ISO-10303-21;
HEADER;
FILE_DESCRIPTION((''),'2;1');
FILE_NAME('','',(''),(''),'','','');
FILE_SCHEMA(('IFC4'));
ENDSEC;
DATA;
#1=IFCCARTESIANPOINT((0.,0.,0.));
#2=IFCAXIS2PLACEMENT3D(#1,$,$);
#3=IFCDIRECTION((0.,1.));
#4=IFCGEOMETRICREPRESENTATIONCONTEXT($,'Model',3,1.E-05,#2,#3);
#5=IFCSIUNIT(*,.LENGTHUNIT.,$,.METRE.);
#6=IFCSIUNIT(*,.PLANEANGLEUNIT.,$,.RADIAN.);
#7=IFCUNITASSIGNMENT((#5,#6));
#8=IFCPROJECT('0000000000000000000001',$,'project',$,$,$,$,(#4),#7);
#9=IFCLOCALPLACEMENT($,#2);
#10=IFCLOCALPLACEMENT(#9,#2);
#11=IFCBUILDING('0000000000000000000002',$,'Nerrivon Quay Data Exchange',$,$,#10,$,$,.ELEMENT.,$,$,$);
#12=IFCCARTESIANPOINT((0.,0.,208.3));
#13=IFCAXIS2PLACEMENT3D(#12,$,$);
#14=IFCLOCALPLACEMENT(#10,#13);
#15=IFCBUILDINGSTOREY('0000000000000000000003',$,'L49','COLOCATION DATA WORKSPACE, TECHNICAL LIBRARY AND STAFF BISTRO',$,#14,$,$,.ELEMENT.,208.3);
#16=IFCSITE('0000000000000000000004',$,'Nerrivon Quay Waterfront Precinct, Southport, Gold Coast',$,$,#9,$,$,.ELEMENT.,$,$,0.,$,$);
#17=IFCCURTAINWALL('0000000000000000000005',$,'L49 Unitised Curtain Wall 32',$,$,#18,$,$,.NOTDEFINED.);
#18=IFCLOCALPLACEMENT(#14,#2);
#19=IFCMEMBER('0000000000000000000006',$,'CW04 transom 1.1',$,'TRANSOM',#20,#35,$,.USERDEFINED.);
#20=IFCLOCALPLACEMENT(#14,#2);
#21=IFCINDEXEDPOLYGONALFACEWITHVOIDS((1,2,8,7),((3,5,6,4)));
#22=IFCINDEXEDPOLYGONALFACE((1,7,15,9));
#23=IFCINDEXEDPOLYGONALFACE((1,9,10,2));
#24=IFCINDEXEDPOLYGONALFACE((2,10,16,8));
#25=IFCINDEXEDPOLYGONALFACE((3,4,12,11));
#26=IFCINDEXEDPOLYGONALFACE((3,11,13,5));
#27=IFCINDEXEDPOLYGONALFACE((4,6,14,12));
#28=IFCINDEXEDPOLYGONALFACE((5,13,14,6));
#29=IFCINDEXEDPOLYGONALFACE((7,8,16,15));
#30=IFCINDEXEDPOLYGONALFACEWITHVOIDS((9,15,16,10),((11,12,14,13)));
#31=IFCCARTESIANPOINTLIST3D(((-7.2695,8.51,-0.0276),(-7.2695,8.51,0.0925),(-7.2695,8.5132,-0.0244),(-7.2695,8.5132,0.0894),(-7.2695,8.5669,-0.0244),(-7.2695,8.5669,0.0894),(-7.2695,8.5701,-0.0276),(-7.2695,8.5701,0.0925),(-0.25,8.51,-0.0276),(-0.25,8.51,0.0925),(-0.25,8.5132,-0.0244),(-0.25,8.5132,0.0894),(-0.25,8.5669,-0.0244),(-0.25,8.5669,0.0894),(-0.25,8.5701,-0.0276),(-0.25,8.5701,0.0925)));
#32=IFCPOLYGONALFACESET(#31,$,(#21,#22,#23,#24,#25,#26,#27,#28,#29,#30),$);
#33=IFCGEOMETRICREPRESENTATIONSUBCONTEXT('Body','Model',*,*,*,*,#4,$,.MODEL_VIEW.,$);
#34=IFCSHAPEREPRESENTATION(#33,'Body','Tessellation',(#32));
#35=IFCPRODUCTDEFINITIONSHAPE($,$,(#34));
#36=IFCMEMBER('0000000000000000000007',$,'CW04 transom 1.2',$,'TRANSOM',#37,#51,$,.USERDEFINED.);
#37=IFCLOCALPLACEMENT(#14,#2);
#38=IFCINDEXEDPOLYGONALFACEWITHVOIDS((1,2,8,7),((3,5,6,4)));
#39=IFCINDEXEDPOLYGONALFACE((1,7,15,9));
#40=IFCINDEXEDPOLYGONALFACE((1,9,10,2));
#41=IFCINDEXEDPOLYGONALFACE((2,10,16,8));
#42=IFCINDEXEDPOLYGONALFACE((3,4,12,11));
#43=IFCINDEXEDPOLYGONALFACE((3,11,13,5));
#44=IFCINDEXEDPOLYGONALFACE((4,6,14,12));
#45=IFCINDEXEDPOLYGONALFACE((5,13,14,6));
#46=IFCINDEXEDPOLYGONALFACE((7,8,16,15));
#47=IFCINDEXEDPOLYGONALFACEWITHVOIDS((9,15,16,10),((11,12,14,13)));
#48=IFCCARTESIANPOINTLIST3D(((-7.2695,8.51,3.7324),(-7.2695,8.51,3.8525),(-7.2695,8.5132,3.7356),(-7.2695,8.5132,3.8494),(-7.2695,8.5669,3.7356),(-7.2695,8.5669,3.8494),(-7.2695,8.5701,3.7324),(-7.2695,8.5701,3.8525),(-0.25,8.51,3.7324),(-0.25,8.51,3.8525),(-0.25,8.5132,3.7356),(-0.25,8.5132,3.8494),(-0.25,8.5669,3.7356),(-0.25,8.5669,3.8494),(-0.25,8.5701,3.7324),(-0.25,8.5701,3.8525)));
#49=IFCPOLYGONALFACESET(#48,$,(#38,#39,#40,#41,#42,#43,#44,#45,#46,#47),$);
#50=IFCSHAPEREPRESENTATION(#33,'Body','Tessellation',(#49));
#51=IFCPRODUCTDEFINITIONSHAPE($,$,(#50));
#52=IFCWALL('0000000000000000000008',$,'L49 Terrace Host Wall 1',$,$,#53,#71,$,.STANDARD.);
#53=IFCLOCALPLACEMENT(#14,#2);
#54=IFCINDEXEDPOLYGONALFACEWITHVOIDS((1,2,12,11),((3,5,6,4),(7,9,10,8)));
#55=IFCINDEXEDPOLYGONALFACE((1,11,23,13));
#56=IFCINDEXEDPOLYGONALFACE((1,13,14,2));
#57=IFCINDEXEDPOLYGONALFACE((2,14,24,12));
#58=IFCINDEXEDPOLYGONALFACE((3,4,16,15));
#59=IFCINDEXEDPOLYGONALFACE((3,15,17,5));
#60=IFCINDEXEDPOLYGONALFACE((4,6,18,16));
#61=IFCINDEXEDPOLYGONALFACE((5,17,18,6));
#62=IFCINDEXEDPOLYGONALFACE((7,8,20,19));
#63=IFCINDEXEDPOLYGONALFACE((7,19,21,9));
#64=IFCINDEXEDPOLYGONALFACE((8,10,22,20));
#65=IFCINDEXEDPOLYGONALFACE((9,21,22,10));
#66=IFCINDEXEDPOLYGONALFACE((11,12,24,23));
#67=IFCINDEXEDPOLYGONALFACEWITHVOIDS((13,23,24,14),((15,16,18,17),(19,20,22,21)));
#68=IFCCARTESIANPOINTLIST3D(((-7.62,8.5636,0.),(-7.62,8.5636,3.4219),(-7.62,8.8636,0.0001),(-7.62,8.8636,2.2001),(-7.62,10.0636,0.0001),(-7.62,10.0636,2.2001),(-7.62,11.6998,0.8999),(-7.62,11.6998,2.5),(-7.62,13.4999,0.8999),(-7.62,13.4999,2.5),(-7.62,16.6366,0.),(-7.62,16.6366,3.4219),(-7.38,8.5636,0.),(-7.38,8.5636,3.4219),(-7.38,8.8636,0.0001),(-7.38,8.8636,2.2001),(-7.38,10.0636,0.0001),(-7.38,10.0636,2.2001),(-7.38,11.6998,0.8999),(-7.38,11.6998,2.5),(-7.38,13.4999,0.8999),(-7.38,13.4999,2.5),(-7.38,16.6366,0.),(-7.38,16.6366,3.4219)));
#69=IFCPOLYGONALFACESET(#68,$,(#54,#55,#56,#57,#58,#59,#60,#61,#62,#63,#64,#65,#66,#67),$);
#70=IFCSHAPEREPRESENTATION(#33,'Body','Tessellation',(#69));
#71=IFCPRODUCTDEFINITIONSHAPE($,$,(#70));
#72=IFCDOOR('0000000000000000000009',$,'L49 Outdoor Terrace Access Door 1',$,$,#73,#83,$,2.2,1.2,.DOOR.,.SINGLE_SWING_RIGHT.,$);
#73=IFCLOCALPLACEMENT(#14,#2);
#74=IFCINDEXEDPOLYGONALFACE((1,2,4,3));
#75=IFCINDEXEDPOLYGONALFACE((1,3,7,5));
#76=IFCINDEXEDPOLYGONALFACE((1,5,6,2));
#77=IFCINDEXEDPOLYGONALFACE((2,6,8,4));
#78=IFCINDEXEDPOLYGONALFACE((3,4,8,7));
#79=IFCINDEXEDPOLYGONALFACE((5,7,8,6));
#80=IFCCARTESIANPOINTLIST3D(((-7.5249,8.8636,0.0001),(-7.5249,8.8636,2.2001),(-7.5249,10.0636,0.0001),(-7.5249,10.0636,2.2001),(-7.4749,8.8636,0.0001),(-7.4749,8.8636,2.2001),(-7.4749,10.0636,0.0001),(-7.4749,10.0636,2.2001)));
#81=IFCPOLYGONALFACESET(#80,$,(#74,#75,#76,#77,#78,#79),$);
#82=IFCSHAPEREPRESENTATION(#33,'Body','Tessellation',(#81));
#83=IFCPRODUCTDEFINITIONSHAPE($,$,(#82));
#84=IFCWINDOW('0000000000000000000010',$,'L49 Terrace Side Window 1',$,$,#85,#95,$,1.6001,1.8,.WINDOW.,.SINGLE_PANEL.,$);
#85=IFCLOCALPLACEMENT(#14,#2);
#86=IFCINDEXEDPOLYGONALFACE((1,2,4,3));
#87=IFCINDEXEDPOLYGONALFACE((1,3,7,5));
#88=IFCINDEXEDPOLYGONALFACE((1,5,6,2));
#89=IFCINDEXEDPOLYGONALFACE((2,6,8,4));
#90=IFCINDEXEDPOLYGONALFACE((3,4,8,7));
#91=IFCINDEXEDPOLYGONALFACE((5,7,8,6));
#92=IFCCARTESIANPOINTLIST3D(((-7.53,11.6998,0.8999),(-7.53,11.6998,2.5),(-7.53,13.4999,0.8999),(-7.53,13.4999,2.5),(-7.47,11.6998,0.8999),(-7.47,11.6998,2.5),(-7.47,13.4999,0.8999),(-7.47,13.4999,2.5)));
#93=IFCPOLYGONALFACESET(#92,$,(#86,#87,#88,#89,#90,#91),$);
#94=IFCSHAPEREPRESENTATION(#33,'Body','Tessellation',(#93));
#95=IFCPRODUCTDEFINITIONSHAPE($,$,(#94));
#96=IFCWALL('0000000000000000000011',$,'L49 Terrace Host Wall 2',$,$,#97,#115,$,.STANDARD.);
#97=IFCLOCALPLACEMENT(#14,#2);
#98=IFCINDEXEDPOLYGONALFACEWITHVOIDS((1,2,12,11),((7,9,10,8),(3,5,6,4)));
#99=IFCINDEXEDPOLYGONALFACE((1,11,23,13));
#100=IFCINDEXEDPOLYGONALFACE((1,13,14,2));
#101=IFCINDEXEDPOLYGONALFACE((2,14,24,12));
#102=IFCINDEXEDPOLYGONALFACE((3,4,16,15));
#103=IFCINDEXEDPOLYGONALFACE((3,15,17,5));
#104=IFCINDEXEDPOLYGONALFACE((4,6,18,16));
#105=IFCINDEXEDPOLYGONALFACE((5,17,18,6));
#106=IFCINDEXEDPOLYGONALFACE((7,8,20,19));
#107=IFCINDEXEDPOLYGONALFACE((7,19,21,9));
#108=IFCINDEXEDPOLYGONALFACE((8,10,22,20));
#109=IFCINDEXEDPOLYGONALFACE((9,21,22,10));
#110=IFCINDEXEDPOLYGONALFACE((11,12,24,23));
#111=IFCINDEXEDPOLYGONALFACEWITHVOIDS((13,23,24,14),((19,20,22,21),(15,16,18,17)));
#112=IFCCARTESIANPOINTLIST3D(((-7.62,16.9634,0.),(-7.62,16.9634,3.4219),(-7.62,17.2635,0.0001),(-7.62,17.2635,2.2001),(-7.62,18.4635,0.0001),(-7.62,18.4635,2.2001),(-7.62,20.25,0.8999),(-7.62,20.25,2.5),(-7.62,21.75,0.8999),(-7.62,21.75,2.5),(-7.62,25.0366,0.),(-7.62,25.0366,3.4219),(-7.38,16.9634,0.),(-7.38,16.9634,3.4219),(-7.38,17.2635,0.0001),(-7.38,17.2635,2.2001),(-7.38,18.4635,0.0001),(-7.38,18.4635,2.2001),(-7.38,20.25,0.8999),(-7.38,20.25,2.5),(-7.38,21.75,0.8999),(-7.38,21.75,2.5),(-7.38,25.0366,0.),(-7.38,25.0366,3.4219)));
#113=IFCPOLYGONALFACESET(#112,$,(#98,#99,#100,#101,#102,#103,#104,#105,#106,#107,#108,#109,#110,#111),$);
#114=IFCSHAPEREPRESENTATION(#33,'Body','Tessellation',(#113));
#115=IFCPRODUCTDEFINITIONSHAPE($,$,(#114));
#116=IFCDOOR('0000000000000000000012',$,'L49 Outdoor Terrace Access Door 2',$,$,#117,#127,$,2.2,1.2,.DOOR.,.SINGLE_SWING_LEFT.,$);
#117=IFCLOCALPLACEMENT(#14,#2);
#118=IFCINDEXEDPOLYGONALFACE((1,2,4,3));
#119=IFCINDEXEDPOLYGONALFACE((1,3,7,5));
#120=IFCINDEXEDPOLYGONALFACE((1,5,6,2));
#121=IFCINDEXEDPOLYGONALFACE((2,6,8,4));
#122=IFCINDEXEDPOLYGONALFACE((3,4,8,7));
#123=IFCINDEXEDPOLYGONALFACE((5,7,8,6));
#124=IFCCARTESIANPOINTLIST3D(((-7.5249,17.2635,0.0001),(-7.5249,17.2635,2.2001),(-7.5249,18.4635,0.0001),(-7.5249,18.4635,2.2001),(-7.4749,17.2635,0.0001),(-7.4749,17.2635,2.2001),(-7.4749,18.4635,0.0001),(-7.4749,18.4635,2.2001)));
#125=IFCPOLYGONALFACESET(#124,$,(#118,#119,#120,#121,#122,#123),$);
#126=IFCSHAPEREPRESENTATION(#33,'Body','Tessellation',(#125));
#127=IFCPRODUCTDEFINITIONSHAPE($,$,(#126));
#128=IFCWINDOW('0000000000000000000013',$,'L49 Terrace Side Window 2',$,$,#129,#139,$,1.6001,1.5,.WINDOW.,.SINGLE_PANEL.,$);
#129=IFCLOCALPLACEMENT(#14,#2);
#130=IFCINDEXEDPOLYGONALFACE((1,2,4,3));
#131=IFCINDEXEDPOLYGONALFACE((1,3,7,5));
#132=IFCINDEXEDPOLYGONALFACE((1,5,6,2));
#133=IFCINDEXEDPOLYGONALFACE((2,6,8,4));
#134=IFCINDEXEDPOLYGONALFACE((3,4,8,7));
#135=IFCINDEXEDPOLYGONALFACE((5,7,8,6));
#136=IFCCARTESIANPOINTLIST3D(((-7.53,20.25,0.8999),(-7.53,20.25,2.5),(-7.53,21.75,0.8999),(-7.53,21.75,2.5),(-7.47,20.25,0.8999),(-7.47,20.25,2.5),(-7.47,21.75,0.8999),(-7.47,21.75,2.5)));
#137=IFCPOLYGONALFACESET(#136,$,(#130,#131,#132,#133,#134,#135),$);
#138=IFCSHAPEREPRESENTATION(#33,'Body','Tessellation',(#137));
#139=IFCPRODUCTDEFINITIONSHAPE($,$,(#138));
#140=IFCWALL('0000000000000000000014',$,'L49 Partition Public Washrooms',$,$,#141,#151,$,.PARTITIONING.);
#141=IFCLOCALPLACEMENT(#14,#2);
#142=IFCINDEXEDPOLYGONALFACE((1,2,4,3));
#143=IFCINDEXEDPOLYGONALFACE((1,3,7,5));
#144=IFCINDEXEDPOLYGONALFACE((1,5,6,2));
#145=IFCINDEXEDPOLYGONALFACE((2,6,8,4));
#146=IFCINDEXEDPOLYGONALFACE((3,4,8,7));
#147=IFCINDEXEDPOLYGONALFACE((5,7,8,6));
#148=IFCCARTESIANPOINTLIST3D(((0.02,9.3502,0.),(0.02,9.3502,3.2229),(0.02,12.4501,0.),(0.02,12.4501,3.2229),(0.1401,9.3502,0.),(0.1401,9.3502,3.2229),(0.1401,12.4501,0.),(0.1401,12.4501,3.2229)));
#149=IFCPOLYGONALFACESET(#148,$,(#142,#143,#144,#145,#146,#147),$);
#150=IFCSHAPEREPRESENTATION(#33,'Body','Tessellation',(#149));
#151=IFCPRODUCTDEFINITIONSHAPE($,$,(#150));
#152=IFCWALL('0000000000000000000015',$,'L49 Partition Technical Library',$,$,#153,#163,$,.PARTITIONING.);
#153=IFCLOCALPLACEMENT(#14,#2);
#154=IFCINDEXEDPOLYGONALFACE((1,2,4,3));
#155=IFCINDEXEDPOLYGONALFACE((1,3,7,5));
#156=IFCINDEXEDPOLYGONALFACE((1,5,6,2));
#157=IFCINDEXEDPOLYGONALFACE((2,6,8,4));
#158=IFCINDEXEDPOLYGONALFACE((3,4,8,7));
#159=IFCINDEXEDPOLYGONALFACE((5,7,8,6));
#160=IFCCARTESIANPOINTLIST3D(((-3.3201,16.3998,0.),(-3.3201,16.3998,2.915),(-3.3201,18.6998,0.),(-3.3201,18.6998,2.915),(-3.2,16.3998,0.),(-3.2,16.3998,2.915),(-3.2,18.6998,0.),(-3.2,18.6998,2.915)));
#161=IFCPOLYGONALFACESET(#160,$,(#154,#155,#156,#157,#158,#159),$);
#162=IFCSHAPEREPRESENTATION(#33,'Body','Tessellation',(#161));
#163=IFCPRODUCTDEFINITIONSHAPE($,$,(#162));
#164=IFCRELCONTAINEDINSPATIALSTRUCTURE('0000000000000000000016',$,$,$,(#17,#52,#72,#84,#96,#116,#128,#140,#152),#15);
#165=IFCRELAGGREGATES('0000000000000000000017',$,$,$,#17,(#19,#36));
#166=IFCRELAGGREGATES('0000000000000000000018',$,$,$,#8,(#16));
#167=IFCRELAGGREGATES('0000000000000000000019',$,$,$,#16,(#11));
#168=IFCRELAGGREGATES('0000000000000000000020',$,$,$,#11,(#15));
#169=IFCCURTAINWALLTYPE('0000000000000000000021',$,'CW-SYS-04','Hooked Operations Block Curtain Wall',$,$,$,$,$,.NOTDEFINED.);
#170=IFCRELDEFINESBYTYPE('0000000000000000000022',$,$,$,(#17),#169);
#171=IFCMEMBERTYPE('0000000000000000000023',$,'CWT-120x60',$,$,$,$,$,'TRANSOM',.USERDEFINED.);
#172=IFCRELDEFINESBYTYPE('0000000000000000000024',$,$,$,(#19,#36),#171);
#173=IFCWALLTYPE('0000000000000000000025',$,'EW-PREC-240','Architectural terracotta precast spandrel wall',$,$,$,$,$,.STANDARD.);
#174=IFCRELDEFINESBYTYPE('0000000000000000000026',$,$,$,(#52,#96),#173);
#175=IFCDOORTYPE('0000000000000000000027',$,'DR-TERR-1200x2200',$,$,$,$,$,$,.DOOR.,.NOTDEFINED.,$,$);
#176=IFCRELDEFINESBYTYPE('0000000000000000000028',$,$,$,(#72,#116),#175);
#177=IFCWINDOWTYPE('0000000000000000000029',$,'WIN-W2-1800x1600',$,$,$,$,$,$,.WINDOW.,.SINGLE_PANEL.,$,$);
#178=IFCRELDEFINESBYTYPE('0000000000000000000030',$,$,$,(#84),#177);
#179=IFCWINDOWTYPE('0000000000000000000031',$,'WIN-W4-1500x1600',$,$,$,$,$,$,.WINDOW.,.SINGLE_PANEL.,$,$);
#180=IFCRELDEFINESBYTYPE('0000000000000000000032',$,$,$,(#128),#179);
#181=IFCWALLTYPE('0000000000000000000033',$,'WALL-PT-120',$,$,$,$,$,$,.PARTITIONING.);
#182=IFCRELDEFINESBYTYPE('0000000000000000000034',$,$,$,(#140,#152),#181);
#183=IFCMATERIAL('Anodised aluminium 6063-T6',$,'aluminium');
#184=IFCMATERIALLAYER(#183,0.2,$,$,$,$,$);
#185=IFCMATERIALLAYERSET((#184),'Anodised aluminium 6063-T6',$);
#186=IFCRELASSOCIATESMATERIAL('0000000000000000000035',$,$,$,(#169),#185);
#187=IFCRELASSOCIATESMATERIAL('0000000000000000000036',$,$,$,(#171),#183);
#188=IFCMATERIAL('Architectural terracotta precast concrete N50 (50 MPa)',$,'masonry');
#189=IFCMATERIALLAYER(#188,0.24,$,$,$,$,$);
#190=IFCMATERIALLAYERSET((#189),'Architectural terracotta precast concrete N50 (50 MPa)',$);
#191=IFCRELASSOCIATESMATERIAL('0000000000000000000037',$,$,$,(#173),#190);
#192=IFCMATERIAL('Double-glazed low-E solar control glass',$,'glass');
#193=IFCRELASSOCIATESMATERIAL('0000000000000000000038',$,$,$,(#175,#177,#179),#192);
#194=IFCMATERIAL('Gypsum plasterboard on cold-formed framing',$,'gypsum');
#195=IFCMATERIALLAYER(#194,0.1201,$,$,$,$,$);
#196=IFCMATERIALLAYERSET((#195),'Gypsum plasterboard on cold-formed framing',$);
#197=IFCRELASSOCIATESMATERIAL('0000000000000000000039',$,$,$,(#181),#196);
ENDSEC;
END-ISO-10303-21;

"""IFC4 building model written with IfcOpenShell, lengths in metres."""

from ifc_helpers import new_model, si_unit, direction, frame, frame_2d, origin, origin_2d, place, context, subcontext, project, spatial, rectangle, hollow_rectangle, extrude, material, layer, layer_set, material_profile, profile_set, type_object, element, fill, aggregate, save


model = new_model("IFC4")

# Units and contexts
model_context = context("Model", 3, precision=1e-05, world=origin(), true_north=direction((0.0, 1.0)))
body_context = subcontext(model_context, "Body", "Model", "MODEL_VIEW")
ifc_project = project(units=[si_unit("LENGTHUNIT", "METRE"), si_unit("PLANEANGLEUNIT", "RADIAN")], contexts=[model_context])

# Site, building, storey
site_placement = place(None, origin())
site = spatial("IfcSite", under=ifc_project, at=site_placement, Name="Nerrivon Quay Waterfront Precinct, Southport, Gold Coast", CompositionType="ELEMENT", RefElevation=0.0)
building_placement = place(site_placement, origin())
building = spatial("IfcBuilding", under=site, at=building_placement, Name="Nerrivon Quay Data Exchange", CompositionType="ELEMENT")
storey_placement = place(building_placement, frame((0.0, 0.0, 208.3)))
storey = spatial("IfcBuildingStorey", under=building, at=storey_placement, Name="L49", Description="COLOCATION DATA WORKSPACE, TECHNICAL LIBRARY AND STAFF BISTRO", CompositionType="ELEMENT", Elevation=208.3)

# Shared definitions
ifc_material_1 = material(Name="Anodised aluminium 6063-T6", Category="aluminium")
ifc_layer_1 = layer(ifc_material_1, 0.2)
ifc_layer_set_1 = layer_set([ifc_layer_1], Name="Anodised aluminium 6063-T6")
curtain_wall_type = type_object("IfcCurtainWallType", Name="CW-SYS-04", Description="Hooked Operations Block Curtain Wall", PredefinedType="NOTDEFINED", material=ifc_layer_set_1)

# Curtain wall, members
curtain_wall_1_placement = place(storey_placement, origin())
curtain_wall_1 = element("IfcCurtainWall", 1, at=curtain_wall_1_placement, inside=storey, type_object=curtain_wall_type, Name="L49 Unitised Curtain Wall 32", PredefinedType="NOTDEFINED")
ifc_material_profile_1 = material_profile(ifc_material_1, hollow_rectangle(XDim=0.0601, YDim=0.1201, WallThickness=0.0032, at=origin_2d()), Name="ALU-TRAN-120x60")
ifc_profile_set_1 = profile_set([ifc_material_profile_1], Name="Anodised aluminium 6063-T6")
member_type_1 = type_object("IfcMemberType", Name="CWT-120x60", ElementType="TRANSOM", PredefinedType="USERDEFINED", material=ifc_profile_set_1)
member_1_placement = place(storey_placement, frame((-0.25, 8.54, 0.0325), z_axis=(-1.0, 0.0, 0.0), x_axis=(0.0, -1.0, 0.0)))
member_1 = element("IfcMember", 2, at=member_1_placement, type_object=member_type_1, Name="CW04 transom 1.1", ObjectType="TRANSOM", PredefinedType="USERDEFINED", context=body_context, shape_type="SweptSolid", body=[
    extrude(hollow_rectangle(XDim=0.0601, YDim=0.1201, WallThickness=0.0032, at=origin_2d()), origin(), (0.0, 0.0, 1.0), 7.0195),
])
member_2_placement = place(storey_placement, frame((-0.25, 8.54, 3.7925), z_axis=(-1.0, 0.0, 0.0), x_axis=(0.0, -1.0, 0.0)))
member_2 = element("IfcMember", 3, at=member_2_placement, type_object=member_type_1, Name="CW04 transom 1.2", ObjectType="TRANSOM", PredefinedType="USERDEFINED", context=body_context, shape_type="SweptSolid", body=[
    extrude(hollow_rectangle(XDim=0.0601, YDim=0.1201, WallThickness=0.0032, at=origin_2d()), origin(), (0.0, 0.0, 1.0), 7.0195),
])
aggregate(curtain_wall_1, [member_1, member_2])

# Walls, openings, doors, windows
ifc_material_2 = material(Name="Architectural terracotta precast concrete N50 (50 MPa)", Category="masonry")
ifc_layer_2 = layer(ifc_material_2, 0.24)
ifc_layer_set_2 = layer_set([ifc_layer_2], Name="Architectural terracotta precast concrete N50 (50 MPa)")
wall_type_1 = type_object("IfcWallType", Name="EW-PREC-240", Description="Architectural terracotta precast spandrel wall", PredefinedType="STANDARD", material=ifc_layer_set_2)
wall_1_placement = place(storey_placement, frame((-7.5, 8.5635, 0.0), z_axis=(0.0, 0.0, 1.0), x_axis=(0.0, 1.0, 0.0)))
wall_1 = element("IfcWall", 4, at=wall_1_placement, inside=storey, type_object=wall_type_1, Name="L49 Terrace Host Wall 1", PredefinedType="STANDARD", context=body_context, shape_type="SweptSolid", body=[
    extrude(rectangle(XDim=8.073, YDim=0.24, at=frame_2d((4.0366, 0.0))), origin(), (0.0, 0.0, 1.0), 3.4219),
])
opening_1_placement = place(wall_1_placement, frame((0.3, 0.0, 0.0)))
opening_1 = element("IfcOpeningElement", 5, at=opening_1_placement, cuts=wall_1, PredefinedType="OPENING", context=body_context, shape_type="SweptSolid", body=[
    extrude(rectangle(XDim=1.2, YDim=2.2, at=frame_2d((0.6001, 1.1001))), frame((0.0, 0.1299, 0.0), z_axis=(0.0, -1.0, 0.0), x_axis=(1.0, 0.0, 0.0)), (0.0, 0.0, 1.0), 0.26),
])
opening_2_placement = place(wall_1_placement, frame((3.1365, 0.0, 0.8999)))
opening_2 = element("IfcOpeningElement", 6, at=opening_2_placement, cuts=wall_1, PredefinedType="OPENING", context=body_context, shape_type="SweptSolid", body=[
    extrude(rectangle(XDim=1.8, YDim=1.6001, at=frame_2d((0.8999, 0.8))), frame((0.0, 0.1299, 0.0), z_axis=(0.0, -1.0, 0.0), x_axis=(1.0, 0.0, 0.0)), (0.0, 0.0, 1.0), 0.26),
])
ifc_material_3 = material(Name="Double-glazed low-E solar control glass", Category="glass")
door_type = type_object("IfcDoorType", Name="DR-TERR-1200x2200", OperationType="NOTDEFINED", PredefinedType="DOOR", material=ifc_material_3)
door_1_placement = place(opening_1_placement, origin())
door_1 = element("IfcDoor", 7, at=door_1_placement, inside=storey, type_object=door_type, Name="L49 Outdoor Terrace Access Door 1", OperationType="SINGLE_SWING_RIGHT", OverallHeight=2.2, OverallWidth=1.2, PredefinedType="DOOR", context=body_context, shape_type="SweptSolid", body=[
    extrude(rectangle(XDim=1.2, YDim=2.2, at=frame_2d((0.6001, 1.1001))), frame((0.0, 0.0249, 0.0), z_axis=(0.0, -1.0, 0.0), x_axis=(1.0, 0.0, 0.0)), (0.0, 0.0, 1.0), 0.05),
])
fill(opening_1, door_1)
window_type_1 = type_object("IfcWindowType", Name="WIN-W2-1800x1600", PartitioningType="SINGLE_PANEL", PredefinedType="WINDOW", material=ifc_material_3)
window_1_placement = place(opening_2_placement, origin())
window_1 = element("IfcWindow", 8, at=window_1_placement, inside=storey, type_object=window_type_1, Name="L49 Terrace Side Window 1", OverallHeight=1.6001, OverallWidth=1.8, PartitioningType="SINGLE_PANEL", PredefinedType="WINDOW", context=body_context, shape_type="SweptSolid", body=[
    extrude(rectangle(XDim=1.8, YDim=1.6001, at=frame_2d((0.8999, 0.8))), frame((0.0, 0.03, 0.0), z_axis=(0.0, -1.0, 0.0), x_axis=(1.0, 0.0, 0.0)), (0.0, 0.0, 1.0), 0.0601),
])
fill(opening_2, window_1)
wall_2_placement = place(storey_placement, frame((-7.5, 16.9634, 0.0), z_axis=(0.0, 0.0, 1.0), x_axis=(0.0, 1.0, 0.0)))
wall_2 = element("IfcWall", 9, at=wall_2_placement, inside=storey, type_object=wall_type_1, Name="L49 Terrace Host Wall 2", PredefinedType="STANDARD", context=body_context, shape_type="SweptSolid", body=[
    extrude(rectangle(XDim=8.0732, YDim=0.24, at=frame_2d((4.0366, 0.0))), origin(), (0.0, 0.0, 1.0), 3.4219),
])
opening_3_placement = place(wall_2_placement, frame((0.3, 0.0, 0.0)))
opening_3 = element("IfcOpeningElement", 10, at=opening_3_placement, cuts=wall_2, PredefinedType="OPENING", context=body_context, shape_type="SweptSolid", body=[
    extrude(rectangle(XDim=1.2, YDim=2.2, at=frame_2d((0.6001, 1.1001))), frame((0.0, 0.1299, 0.0), z_axis=(0.0, -1.0, 0.0), x_axis=(1.0, 0.0, 0.0)), (0.0, 0.0, 1.0), 0.26),
])
opening_4_placement = place(wall_2_placement, frame((3.2866, 0.0, 0.8999)))
opening_4 = element("IfcOpeningElement", 11, at=opening_4_placement, cuts=wall_2, PredefinedType="OPENING", context=body_context, shape_type="SweptSolid", body=[
    extrude(rectangle(XDim=1.5, YDim=1.6001, at=frame_2d((0.75, 0.8))), frame((0.0, 0.1299, 0.0), z_axis=(0.0, -1.0, 0.0), x_axis=(1.0, 0.0, 0.0)), (0.0, 0.0, 1.0), 0.26),
])
door_2_placement = place(opening_3_placement, origin())
door_2 = element("IfcDoor", 12, at=door_2_placement, inside=storey, type_object=door_type, Name="L49 Outdoor Terrace Access Door 2", OperationType="SINGLE_SWING_LEFT", OverallHeight=2.2, OverallWidth=1.2, PredefinedType="DOOR", context=body_context, shape_type="SweptSolid", body=[
    extrude(rectangle(XDim=1.2, YDim=2.2, at=frame_2d((0.6001, 1.1001))), frame((0.0, 0.0249, 0.0), z_axis=(0.0, -1.0, 0.0), x_axis=(1.0, 0.0, 0.0)), (0.0, 0.0, 1.0), 0.05),
])
fill(opening_3, door_2)
window_type_2 = type_object("IfcWindowType", Name="WIN-W4-1500x1600", PartitioningType="SINGLE_PANEL", PredefinedType="WINDOW", material=ifc_material_3)
window_2_placement = place(opening_4_placement, origin())
window_2 = element("IfcWindow", 13, at=window_2_placement, inside=storey, type_object=window_type_2, Name="L49 Terrace Side Window 2", OverallHeight=1.6001, OverallWidth=1.5, PartitioningType="SINGLE_PANEL", PredefinedType="WINDOW", context=body_context, shape_type="SweptSolid", body=[
    extrude(rectangle(XDim=1.5, YDim=1.6001, at=frame_2d((0.75, 0.8))), frame((0.0, 0.03, 0.0), z_axis=(0.0, -1.0, 0.0), x_axis=(1.0, 0.0, 0.0)), (0.0, 0.0, 1.0), 0.0601),
])
fill(opening_4, window_2)

# Walls
ifc_material_4 = material(Name="Gypsum plasterboard on cold-formed framing", Category="gypsum")
ifc_layer_3 = layer(ifc_material_4, 0.1201)
ifc_layer_set_3 = layer_set([ifc_layer_3], Name="Gypsum plasterboard on cold-formed framing")
wall_type_2 = type_object("IfcWallType", Name="WALL-PT-120", PredefinedType="PARTITIONING", material=ifc_layer_set_3)
wall_3_placement = place(storey_placement, frame((0.0801, 12.45, 0.0), z_axis=(0.0, 0.0, 1.0), x_axis=(0.0, -1.0, 0.0)))
element("IfcWall", 14, at=wall_3_placement, inside=storey, type_object=wall_type_2, Name="L49 Partition Public Washrooms", PredefinedType="PARTITIONING", context=body_context, shape_type="SweptSolid", body=[
    extrude(rectangle(XDim=3.0999, YDim=0.1201, at=frame_2d((1.5498, 0.0))), origin(), (0.0, 0.0, 1.0), 3.2229),
])
wall_4_placement = place(storey_placement, frame((-3.26, 16.3999, 0.0), z_axis=(0.0, 0.0, 1.0), x_axis=(0.0, 1.0, 0.0)))
element("IfcWall", 15, at=wall_4_placement, inside=storey, type_object=wall_type_2, Name="L49 Partition Technical Library", PredefinedType="PARTITIONING", context=body_context, shape_type="SweptSolid", body=[
    extrude(rectangle(XDim=2.3, YDim=0.1201, at=frame_2d((1.1499, 0.0))), origin(), (0.0, 0.0, 1.0), 2.915),
])

save(model, "model.ifc")
